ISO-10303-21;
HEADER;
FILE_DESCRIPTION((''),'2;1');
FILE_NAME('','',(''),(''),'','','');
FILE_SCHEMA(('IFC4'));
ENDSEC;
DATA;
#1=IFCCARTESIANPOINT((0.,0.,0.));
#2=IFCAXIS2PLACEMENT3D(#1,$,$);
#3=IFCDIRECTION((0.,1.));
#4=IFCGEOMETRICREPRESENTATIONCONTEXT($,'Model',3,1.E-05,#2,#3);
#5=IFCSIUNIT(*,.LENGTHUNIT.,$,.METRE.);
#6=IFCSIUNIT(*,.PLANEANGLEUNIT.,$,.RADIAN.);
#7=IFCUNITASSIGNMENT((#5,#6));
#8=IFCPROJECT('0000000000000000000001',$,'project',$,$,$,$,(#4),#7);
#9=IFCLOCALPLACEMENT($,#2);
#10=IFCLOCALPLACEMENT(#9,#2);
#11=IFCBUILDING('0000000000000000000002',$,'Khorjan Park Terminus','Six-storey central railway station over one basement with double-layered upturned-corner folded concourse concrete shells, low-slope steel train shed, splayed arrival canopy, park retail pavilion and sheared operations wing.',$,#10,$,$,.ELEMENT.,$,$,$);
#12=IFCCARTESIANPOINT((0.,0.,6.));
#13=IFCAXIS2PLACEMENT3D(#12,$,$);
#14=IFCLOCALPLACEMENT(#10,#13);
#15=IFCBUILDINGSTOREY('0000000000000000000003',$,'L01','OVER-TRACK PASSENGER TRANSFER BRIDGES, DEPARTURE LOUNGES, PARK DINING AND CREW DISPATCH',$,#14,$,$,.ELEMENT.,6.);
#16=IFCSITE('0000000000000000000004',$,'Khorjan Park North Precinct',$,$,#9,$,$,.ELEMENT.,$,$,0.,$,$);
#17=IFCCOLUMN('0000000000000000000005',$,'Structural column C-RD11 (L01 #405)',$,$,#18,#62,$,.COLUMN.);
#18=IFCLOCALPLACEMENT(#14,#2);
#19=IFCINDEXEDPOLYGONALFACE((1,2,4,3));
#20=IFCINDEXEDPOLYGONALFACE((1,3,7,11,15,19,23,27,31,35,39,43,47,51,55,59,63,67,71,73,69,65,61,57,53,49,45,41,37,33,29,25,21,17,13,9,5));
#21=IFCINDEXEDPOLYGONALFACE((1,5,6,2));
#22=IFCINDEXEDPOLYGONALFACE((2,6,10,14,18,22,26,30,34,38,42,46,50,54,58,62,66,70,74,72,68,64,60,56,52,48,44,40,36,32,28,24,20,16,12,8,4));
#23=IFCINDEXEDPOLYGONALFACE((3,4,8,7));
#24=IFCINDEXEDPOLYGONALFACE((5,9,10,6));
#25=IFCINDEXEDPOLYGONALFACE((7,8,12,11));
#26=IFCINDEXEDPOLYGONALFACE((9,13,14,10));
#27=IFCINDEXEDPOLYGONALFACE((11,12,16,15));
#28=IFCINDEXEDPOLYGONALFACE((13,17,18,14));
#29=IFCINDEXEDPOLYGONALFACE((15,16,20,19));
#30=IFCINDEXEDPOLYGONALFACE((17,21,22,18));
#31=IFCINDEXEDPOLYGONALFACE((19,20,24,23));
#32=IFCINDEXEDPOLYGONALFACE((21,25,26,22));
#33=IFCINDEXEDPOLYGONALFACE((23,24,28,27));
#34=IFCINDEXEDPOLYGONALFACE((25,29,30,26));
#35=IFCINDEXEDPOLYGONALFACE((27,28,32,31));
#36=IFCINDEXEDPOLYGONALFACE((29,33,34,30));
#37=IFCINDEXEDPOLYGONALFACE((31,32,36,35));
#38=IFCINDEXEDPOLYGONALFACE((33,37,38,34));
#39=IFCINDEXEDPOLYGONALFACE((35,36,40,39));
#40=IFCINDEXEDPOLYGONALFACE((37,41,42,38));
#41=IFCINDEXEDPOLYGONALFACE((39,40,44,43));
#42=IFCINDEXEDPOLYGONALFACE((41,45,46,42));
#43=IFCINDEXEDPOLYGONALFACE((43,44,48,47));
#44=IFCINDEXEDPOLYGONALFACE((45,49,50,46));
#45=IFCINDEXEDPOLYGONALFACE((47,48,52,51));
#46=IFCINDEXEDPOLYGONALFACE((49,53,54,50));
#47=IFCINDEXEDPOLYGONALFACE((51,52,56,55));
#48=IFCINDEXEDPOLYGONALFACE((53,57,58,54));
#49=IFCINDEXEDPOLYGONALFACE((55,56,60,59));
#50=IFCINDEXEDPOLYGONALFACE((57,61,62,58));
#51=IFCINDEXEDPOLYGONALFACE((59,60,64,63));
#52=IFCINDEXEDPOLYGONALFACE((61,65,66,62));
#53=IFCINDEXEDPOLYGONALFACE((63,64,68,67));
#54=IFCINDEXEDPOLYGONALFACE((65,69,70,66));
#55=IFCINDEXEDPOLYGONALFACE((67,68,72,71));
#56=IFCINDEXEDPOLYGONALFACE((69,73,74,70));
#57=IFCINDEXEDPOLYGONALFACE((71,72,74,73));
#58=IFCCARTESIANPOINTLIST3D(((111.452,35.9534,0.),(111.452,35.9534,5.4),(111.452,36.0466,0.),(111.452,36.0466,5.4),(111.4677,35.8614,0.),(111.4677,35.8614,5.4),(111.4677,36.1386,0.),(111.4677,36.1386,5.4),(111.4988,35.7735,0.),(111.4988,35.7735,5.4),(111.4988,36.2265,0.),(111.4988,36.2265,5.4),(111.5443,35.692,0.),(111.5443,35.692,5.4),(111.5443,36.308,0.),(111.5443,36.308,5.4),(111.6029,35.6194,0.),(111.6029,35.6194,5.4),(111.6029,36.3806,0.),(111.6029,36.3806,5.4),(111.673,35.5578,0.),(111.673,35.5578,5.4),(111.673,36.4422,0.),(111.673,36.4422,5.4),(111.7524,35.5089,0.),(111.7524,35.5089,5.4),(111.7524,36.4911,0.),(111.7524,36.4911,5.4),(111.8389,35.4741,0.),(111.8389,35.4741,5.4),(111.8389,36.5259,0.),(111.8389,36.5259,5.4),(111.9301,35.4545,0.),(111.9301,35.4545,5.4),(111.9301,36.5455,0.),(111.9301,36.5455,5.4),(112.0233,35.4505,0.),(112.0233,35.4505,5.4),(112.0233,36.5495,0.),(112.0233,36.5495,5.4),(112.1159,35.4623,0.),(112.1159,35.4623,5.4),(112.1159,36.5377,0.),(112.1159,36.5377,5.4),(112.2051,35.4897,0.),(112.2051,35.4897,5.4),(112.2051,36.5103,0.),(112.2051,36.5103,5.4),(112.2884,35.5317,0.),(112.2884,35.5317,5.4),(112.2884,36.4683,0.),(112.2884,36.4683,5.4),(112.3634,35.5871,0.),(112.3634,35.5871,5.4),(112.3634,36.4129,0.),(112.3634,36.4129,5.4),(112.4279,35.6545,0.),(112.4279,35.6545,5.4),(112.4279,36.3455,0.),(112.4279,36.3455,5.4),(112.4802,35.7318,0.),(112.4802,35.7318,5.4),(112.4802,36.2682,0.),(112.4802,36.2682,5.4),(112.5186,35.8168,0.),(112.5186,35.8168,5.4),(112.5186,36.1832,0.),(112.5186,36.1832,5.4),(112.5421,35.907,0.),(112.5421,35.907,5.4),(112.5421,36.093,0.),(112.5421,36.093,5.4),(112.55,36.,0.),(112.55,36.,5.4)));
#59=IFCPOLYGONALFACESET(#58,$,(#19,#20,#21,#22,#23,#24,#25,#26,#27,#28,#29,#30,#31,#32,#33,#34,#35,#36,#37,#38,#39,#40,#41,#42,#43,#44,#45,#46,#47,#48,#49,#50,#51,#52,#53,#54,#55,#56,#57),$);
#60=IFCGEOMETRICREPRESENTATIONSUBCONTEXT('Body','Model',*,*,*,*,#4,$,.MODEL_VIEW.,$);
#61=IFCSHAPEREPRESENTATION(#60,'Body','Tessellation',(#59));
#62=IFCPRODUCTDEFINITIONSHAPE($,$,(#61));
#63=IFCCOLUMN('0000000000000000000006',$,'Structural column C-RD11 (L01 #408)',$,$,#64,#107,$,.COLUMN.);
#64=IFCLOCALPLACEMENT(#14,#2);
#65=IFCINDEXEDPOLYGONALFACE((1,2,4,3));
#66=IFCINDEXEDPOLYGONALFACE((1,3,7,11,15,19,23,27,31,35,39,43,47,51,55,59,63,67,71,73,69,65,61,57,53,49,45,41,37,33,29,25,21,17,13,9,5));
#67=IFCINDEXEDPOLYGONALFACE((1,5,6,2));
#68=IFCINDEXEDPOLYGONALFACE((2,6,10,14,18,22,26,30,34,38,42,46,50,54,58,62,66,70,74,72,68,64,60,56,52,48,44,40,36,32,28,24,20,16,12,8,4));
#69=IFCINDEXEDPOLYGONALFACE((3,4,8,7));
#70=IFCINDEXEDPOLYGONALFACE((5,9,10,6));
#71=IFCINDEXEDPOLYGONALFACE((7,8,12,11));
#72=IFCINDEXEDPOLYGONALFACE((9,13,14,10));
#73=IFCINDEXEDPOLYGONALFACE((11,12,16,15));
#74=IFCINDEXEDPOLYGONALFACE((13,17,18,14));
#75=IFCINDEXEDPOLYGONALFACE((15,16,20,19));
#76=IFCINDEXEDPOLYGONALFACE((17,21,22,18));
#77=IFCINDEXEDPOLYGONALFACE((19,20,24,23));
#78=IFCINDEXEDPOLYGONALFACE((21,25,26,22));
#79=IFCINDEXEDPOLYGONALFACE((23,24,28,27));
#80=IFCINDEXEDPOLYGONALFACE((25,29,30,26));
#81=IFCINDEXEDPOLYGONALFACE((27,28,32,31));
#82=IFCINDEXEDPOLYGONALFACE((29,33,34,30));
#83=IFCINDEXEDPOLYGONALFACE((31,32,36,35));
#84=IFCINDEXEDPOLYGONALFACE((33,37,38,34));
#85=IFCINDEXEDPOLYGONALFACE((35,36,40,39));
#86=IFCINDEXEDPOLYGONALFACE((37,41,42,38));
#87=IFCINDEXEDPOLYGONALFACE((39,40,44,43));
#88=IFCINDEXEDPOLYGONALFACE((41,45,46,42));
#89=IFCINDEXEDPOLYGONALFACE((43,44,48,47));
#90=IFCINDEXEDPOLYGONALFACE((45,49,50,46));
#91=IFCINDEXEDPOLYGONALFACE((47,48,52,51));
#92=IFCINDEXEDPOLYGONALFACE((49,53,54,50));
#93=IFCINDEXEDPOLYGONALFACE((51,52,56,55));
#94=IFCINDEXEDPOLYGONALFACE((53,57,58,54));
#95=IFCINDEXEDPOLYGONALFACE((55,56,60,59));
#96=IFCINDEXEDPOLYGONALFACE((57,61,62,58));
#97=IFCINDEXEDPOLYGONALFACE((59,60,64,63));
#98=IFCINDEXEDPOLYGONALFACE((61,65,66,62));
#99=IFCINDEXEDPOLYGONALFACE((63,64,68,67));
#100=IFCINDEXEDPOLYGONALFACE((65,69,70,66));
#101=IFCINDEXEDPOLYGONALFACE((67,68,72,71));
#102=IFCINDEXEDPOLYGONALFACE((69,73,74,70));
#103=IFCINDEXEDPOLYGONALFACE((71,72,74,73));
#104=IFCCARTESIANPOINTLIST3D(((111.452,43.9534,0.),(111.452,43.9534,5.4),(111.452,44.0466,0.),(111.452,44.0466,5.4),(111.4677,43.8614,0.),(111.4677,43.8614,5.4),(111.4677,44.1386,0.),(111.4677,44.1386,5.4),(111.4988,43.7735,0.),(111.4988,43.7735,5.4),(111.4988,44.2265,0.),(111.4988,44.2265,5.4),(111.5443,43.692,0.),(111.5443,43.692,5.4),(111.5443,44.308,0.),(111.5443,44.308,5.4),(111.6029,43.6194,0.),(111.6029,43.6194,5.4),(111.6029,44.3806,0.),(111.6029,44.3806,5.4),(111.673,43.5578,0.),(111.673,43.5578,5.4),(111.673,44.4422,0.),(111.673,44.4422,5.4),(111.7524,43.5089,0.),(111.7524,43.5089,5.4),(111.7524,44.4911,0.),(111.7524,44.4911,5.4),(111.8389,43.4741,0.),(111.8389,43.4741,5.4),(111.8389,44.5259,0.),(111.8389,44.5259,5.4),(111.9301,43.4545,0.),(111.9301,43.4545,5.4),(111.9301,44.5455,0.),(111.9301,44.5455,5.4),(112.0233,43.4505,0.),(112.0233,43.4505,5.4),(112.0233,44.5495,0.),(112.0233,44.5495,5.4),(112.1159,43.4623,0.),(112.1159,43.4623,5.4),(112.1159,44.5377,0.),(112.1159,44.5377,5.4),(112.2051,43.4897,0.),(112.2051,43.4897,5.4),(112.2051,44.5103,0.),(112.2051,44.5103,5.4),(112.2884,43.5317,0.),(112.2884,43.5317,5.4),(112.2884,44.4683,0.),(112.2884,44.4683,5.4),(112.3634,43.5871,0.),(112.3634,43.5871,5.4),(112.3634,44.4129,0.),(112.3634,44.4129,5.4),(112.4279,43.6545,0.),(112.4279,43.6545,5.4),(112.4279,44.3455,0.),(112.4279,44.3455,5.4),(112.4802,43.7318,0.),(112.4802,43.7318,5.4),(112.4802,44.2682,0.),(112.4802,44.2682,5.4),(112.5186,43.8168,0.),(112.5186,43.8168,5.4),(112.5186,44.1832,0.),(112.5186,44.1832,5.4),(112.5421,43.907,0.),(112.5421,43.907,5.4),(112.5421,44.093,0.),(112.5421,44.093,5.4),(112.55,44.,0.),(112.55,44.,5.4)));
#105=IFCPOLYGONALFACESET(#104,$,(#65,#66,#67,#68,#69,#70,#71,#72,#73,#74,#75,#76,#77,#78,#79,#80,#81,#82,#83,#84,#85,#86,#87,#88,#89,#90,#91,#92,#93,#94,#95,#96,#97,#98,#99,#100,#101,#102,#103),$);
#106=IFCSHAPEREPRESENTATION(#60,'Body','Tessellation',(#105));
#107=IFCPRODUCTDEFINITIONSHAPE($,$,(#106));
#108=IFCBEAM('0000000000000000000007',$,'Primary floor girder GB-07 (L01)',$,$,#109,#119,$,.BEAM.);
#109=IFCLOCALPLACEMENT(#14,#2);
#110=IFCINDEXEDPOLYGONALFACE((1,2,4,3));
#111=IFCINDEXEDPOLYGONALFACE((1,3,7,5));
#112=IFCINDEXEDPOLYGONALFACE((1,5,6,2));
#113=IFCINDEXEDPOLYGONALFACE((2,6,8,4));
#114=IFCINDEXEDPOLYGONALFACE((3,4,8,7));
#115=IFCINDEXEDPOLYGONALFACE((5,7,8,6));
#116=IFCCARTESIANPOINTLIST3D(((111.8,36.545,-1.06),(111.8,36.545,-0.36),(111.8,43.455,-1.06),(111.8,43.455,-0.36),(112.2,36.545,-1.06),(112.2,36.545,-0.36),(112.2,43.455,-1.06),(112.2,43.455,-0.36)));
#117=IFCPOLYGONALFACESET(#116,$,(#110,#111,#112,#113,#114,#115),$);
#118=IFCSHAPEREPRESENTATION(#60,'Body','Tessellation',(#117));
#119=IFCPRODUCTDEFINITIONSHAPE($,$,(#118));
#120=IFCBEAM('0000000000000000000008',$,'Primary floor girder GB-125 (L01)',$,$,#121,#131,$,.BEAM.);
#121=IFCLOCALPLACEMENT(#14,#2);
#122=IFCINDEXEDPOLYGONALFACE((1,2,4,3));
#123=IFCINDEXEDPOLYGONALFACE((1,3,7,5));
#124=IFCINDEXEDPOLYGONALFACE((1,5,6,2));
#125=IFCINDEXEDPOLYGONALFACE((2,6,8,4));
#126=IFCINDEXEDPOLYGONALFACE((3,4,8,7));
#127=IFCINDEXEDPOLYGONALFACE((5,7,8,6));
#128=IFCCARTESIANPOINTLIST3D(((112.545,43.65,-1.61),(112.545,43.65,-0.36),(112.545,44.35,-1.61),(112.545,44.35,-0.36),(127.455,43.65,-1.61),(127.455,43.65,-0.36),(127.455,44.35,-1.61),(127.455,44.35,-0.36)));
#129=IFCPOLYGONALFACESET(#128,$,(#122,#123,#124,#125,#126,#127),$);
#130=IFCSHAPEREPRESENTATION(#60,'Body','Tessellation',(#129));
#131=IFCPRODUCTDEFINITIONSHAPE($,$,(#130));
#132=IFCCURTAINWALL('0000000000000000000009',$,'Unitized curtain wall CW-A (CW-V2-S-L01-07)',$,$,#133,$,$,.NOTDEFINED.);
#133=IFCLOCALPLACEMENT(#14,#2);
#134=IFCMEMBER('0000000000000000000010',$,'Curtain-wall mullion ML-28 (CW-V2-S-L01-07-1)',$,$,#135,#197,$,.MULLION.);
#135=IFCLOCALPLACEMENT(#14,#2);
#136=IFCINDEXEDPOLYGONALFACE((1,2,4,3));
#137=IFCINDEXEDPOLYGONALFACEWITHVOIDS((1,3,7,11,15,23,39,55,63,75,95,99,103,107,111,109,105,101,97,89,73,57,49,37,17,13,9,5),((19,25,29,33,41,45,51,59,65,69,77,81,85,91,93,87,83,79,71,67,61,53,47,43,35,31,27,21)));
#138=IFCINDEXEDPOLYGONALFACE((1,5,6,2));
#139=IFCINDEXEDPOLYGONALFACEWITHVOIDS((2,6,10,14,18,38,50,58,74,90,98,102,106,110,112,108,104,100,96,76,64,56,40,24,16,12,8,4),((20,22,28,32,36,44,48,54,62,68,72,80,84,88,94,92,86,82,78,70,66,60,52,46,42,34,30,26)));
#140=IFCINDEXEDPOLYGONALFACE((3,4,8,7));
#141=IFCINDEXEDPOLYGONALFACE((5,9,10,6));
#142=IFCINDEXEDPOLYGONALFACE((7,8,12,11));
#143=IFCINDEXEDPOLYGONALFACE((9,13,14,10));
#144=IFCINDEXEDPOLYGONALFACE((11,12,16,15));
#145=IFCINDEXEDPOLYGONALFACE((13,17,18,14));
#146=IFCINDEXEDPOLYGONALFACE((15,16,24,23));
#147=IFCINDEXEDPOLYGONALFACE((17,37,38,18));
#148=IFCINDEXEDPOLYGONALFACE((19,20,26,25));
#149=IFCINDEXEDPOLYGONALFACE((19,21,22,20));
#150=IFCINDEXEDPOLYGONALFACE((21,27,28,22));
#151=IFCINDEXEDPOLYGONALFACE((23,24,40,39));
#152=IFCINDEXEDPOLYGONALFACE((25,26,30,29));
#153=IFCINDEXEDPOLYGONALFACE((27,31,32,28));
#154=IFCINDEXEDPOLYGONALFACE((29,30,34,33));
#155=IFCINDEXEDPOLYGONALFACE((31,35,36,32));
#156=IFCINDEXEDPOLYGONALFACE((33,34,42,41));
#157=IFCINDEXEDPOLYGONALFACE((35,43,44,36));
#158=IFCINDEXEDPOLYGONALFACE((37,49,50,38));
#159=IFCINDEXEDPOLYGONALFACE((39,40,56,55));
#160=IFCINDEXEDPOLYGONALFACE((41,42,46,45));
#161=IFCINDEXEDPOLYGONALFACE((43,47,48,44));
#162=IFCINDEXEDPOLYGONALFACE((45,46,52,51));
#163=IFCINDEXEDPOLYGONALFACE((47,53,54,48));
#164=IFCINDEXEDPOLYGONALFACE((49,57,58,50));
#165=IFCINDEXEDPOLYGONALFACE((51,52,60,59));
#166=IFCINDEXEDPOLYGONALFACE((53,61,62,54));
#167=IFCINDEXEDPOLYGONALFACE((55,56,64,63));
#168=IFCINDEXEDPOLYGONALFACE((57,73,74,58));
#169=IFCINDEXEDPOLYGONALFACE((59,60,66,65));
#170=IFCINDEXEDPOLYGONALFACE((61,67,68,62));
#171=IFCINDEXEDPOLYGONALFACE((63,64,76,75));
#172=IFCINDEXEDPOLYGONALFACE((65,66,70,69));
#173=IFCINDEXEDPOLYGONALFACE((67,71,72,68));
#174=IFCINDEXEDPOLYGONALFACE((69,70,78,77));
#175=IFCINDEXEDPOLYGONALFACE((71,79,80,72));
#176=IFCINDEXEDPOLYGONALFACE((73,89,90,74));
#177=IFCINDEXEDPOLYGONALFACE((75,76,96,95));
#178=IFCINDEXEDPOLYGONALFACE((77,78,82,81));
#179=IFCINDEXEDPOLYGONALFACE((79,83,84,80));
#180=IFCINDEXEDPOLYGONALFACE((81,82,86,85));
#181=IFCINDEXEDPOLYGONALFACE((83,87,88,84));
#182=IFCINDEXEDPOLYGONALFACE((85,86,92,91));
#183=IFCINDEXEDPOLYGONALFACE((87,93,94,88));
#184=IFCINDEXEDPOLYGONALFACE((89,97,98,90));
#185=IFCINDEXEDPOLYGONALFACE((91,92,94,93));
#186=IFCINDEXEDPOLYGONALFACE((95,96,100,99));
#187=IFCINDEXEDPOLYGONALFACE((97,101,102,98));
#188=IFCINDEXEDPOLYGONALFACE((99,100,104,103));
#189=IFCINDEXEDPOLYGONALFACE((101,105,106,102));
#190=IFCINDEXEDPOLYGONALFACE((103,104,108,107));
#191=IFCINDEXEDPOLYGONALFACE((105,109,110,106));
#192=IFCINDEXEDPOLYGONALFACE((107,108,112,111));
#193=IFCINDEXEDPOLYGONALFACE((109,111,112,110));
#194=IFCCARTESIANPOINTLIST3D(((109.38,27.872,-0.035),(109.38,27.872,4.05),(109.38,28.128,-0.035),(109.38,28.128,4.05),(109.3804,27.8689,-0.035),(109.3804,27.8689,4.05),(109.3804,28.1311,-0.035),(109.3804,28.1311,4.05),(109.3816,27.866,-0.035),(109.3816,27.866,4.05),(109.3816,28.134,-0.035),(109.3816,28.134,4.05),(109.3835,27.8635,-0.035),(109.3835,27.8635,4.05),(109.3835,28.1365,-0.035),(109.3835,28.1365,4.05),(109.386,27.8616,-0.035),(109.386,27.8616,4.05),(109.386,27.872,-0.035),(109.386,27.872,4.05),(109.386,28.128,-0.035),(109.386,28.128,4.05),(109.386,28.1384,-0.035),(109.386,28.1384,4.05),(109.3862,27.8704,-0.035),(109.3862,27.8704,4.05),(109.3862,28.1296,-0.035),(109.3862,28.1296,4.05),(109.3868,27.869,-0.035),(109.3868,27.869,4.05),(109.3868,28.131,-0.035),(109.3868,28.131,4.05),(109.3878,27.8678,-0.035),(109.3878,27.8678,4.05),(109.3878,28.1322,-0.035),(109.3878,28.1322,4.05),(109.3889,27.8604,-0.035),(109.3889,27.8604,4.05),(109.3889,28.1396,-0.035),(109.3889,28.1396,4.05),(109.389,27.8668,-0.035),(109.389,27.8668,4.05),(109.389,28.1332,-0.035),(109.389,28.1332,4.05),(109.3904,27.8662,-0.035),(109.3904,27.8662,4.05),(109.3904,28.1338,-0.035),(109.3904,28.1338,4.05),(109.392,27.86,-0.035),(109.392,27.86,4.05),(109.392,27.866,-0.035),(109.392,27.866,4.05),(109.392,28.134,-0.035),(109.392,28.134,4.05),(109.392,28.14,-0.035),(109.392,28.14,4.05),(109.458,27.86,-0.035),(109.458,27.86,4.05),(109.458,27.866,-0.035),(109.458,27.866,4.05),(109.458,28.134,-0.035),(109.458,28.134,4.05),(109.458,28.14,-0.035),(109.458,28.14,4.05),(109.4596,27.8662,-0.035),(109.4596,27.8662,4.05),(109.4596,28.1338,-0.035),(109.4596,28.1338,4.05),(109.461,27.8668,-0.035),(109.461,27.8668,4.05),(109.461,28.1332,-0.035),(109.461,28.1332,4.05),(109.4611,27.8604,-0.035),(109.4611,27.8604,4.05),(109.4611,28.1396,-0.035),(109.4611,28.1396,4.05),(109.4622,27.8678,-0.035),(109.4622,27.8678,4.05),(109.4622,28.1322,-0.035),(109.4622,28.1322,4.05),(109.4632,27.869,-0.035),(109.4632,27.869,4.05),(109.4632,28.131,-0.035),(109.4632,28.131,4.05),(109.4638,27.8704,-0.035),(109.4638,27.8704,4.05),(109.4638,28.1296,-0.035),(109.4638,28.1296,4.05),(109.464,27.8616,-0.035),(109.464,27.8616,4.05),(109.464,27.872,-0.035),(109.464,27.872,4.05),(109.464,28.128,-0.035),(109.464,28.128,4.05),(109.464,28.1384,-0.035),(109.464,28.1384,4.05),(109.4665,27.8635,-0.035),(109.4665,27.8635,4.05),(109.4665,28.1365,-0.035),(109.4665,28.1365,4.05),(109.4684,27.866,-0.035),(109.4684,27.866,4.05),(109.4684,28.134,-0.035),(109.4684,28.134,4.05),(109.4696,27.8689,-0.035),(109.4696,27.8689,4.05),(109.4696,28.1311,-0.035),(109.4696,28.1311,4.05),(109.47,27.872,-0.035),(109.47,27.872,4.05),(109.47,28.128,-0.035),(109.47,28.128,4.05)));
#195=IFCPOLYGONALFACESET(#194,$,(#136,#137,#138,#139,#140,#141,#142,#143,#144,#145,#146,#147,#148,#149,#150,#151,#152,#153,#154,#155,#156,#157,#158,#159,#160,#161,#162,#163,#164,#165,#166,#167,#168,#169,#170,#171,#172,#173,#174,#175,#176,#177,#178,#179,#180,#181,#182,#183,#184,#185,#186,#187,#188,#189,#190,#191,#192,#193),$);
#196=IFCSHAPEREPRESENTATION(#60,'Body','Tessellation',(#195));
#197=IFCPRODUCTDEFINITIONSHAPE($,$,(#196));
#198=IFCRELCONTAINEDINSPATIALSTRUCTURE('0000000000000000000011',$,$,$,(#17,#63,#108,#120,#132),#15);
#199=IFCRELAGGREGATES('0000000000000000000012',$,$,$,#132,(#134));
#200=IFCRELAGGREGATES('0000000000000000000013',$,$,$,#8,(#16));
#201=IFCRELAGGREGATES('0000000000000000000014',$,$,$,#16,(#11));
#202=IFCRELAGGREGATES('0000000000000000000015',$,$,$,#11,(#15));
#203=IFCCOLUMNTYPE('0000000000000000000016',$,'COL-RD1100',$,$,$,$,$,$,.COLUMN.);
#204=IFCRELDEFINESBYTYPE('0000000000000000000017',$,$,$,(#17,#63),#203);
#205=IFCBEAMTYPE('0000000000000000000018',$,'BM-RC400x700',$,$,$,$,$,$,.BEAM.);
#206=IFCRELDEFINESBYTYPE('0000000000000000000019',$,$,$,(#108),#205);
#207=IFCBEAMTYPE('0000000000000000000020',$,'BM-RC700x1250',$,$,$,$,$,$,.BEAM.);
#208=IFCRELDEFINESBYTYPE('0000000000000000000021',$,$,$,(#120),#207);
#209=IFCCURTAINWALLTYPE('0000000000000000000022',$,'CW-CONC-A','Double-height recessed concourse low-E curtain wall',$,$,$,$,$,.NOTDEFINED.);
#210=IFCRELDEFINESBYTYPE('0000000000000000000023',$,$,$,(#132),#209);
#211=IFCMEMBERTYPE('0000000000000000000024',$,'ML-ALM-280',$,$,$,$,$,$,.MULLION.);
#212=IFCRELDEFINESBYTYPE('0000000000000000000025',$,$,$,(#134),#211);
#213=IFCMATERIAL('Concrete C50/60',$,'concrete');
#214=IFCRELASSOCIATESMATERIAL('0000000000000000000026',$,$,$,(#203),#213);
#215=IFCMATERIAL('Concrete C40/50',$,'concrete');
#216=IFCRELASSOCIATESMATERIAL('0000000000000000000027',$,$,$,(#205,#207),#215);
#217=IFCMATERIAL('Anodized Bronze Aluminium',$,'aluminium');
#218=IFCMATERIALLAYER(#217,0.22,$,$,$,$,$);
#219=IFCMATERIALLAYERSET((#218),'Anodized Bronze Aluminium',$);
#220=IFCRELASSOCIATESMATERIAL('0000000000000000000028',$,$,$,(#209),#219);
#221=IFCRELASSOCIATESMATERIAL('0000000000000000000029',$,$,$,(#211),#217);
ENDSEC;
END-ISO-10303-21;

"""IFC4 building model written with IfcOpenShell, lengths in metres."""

from ifc_helpers import new_model, si_unit, direction, frame, origin, origin_2d, place, context, subcontext, project, spatial, rectangle, hollow_rectangle, circle, extrude, material, layer, layer_set, material_profile, profile_set, type_object, element, aggregate, save


model = new_model("IFC4")

# Units and contexts
model_context = context("Model", 3, precision=1e-05, world=origin(), true_north=direction((0.0, 1.0)))
body_context = subcontext(model_context, "Body", "Model", "MODEL_VIEW")
ifc_project = project(units=[si_unit("LENGTHUNIT", "METRE"), si_unit("PLANEANGLEUNIT", "RADIAN")], contexts=[model_context])

# Site, building, storey
site_placement = place(None, origin())
site = spatial("IfcSite", under=ifc_project, at=site_placement, Name="Khorjan Park North Precinct", CompositionType="ELEMENT", RefElevation=0.0)
building_placement = place(site_placement, origin())
building = spatial("IfcBuilding", under=site, at=building_placement, Name="Khorjan Park Terminus", Description="Six-storey central railway station over one basement with double-layered upturned-corner folded concourse concrete shells, low-slope steel train shed, splayed arrival canopy, park retail pavilion and sheared operations wing.", CompositionType="ELEMENT")
storey_placement = place(building_placement, frame((0.0, 0.0, 6.0)))
storey = spatial("IfcBuildingStorey", under=building, at=storey_placement, Name="L01", Description="OVER-TRACK PASSENGER TRANSFER BRIDGES, DEPARTURE LOUNGES, PARK DINING AND CREW DISPATCH", CompositionType="ELEMENT", Elevation=6.0)

# Columns
ifc_material_1 = material(Name="Concrete C50/60", Category="concrete")
ifc_material_profile_1 = material_profile(ifc_material_1, circle(Radius=0.55, at=origin_2d()), Name="RC D1100")
ifc_profile_set_1 = profile_set([ifc_material_profile_1], Name="Concrete C50/60")
column_type = type_object("IfcColumnType", Name="COL-RD1100", PredefinedType="COLUMN", material=ifc_profile_set_1)
for number, where, z_axis, x_axis, name in (
    (1, (112.0, 36.0, 0.0), (0.0, 0.0, 1.0), (1.0, 0.0, 0.0), "Structural column C-RD11 (L01 #405)"),
    (2, (112.0, 44.0, 0.0), (0.0, 0.0, 1.0), (1.0, 0.0, 0.0), "Structural column C-RD11 (L01 #408)"),
):
    element("IfcColumn", number, at=place(storey_placement, frame(where, z_axis=z_axis, x_axis=x_axis)), inside=storey, type_object=column_type, Name=name, PredefinedType="COLUMN", context=body_context, shape_type="SweptSolid", body=[
        extrude(circle(Radius=0.55, at=origin_2d()), origin(), (0.0, 0.0, 1.0), 5.4),
    ])

# Beams
ifc_material_2 = material(Name="Concrete C40/50", Category="concrete")
ifc_material_profile_2 = material_profile(ifc_material_2, rectangle(XDim=0.4, YDim=0.7, at=origin_2d()), Name="RC 400x700")
ifc_profile_set_2 = profile_set([ifc_material_profile_2], Name="Concrete C40/50")
beam_type_1 = type_object("IfcBeamType", Name="BM-RC400x700", PredefinedType="BEAM", material=ifc_profile_set_2)
beam_1_placement = place(storey_placement, frame((112.0, 36.545, -0.71), z_axis=(0.0, 1.0, 0.0), x_axis=(-1.0, 0.0, 0.0)))
element("IfcBeam", 3, at=beam_1_placement, inside=storey, type_object=beam_type_1, Name="Primary floor girder GB-07 (L01)", PredefinedType="BEAM", context=body_context, shape_type="SweptSolid", body=[
    extrude(rectangle(XDim=0.4, YDim=0.7, at=origin_2d()), origin(), (0.0, 0.0, 1.0), 6.91),
])
ifc_material_profile_3 = material_profile(ifc_material_2, rectangle(XDim=0.7, YDim=1.25, at=origin_2d()), Name="RC 700x1250")
ifc_profile_set_3 = profile_set([ifc_material_profile_3], Name="Concrete C40/50")
beam_type_2 = type_object("IfcBeamType", Name="BM-RC700x1250", PredefinedType="BEAM", material=ifc_profile_set_3)
beam_2_placement = place(storey_placement, frame((112.545, 44.0, -0.985), z_axis=(1.0, 0.0, 0.0), x_axis=(0.0, 1.0, 0.0)))
element("IfcBeam", 4, at=beam_2_placement, inside=storey, type_object=beam_type_2, Name="Primary floor girder GB-125 (L01)", PredefinedType="BEAM", context=body_context, shape_type="SweptSolid", body=[
    extrude(rectangle(XDim=0.7, YDim=1.25, at=origin_2d()), origin(), (0.0, 0.0, 1.0), 14.91),
])

# Curtain wall, member
ifc_material_3 = material(Name="Anodized Bronze Aluminium", Category="aluminium")
ifc_layer_1 = layer(ifc_material_3, 0.22)
ifc_layer_set_1 = layer_set([ifc_layer_1], Name="Anodized Bronze Aluminium")
curtain_wall_type = type_object("IfcCurtainWallType", Name="CW-CONC-A", Description="Double-height recessed concourse low-E curtain wall", PredefinedType="NOTDEFINED", material=ifc_layer_set_1)
curtain_wall_placement = place(storey_placement, origin())
curtain_wall = element("IfcCurtainWall", 5, at=curtain_wall_placement, inside=storey, type_object=curtain_wall_type, Name="Unitized curtain wall CW-A (CW-V2-S-L01-07)", PredefinedType="NOTDEFINED")
ifc_material_profile_4 = material_profile(ifc_material_3, hollow_rectangle(XDim=0.09, YDim=0.28, WallThickness=0.006, InnerFilletRadius=0.006, OuterFilletRadius=0.012, at=origin_2d()), Name="ALM 90x280x6")
ifc_profile_set_4 = profile_set([ifc_material_profile_4], Name="Anodized Bronze Aluminium")
member_type_1 = type_object("IfcMemberType", Name="ML-ALM-280", PredefinedType="MULLION", material=ifc_profile_set_4)
member_1_placement = place(storey_placement, frame((109.425, 28.0, -0.035), z_axis=(0.0, 0.0, 1.0), x_axis=(1.0, 0.0, 0.0)))
member_1 = element("IfcMember", 6, at=member_1_placement, type_object=member_type_1, Name="Curtain-wall mullion ML-28 (CW-V2-S-L01-07-1)", PredefinedType="MULLION", context=body_context, shape_type="SweptSolid", body=[
    extrude(hollow_rectangle(XDim=0.09, YDim=0.28, WallThickness=0.006, InnerFilletRadius=0.006, OuterFilletRadius=0.012, at=origin_2d()), origin(), (0.0, 0.0, 1.0), 4.085),
])
aggregate(curtain_wall, [member_1])

save(model, "model.ifc")
